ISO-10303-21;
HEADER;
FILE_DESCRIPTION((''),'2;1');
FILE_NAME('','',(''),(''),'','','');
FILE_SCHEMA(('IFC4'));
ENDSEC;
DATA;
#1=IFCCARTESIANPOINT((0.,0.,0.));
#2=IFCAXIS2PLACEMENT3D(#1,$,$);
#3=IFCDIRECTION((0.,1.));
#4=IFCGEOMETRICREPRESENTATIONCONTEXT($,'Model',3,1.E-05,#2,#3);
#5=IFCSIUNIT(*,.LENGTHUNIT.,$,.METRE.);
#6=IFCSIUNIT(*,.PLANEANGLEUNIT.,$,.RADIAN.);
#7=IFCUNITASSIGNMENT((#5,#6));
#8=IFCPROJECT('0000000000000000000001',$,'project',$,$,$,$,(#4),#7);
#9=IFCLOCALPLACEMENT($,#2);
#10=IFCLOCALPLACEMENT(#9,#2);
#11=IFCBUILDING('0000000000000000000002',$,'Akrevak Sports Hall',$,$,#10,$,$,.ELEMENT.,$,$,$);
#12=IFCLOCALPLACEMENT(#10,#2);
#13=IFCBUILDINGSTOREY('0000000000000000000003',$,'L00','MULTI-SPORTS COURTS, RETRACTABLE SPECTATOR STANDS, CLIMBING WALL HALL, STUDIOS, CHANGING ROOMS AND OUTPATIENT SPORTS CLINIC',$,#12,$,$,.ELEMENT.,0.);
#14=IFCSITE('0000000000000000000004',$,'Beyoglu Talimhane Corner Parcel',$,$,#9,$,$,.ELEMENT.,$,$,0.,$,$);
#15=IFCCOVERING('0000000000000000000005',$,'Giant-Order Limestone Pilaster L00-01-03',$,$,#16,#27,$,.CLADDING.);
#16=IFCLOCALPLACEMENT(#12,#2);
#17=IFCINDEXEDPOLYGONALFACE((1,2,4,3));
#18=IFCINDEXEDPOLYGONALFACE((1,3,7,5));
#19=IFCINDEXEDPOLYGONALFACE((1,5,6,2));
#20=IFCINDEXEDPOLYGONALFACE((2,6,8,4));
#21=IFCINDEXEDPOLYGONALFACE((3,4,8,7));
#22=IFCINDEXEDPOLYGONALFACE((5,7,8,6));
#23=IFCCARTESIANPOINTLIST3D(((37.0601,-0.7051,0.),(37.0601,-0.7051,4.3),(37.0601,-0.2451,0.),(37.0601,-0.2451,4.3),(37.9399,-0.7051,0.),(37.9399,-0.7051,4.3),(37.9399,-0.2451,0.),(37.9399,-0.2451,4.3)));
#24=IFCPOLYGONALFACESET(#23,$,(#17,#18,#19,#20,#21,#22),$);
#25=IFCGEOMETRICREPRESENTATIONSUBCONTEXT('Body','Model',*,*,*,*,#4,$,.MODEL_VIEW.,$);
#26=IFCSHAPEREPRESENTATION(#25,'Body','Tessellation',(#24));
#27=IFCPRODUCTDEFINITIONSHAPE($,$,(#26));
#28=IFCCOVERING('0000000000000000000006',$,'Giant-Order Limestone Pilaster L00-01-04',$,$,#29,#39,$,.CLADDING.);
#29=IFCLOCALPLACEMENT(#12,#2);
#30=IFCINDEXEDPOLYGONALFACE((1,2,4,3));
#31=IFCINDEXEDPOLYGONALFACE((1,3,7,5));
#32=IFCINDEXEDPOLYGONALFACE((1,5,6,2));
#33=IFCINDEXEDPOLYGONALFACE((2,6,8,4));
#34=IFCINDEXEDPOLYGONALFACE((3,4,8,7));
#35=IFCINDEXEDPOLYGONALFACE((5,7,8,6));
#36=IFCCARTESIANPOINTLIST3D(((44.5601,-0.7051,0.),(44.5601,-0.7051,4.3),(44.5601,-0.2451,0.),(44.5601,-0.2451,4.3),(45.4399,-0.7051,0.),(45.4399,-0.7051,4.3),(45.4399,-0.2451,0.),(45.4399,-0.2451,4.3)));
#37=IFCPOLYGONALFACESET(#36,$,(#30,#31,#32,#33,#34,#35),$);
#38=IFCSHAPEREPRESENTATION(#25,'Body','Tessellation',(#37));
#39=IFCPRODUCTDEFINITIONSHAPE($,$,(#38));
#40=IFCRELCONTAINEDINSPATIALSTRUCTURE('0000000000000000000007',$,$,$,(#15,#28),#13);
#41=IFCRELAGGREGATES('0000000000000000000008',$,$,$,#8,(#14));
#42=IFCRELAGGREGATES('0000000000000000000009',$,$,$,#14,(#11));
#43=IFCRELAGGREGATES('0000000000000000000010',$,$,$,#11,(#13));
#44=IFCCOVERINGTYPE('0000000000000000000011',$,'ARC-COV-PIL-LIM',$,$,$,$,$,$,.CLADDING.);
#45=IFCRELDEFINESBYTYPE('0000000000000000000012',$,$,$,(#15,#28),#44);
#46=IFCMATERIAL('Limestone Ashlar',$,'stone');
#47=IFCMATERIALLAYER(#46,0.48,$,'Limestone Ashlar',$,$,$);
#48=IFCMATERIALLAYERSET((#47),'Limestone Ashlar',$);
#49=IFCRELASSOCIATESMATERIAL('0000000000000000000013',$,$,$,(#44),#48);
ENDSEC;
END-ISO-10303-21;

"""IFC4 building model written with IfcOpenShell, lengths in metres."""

from ifc_helpers import new_model, si_unit, direction, frame, origin, origin_2d, place, context, subcontext, project, spatial, rectangle, extrude, material, layer, layer_set, type_object, element, save


model = new_model("IFC4")

# Units and contexts
model_context = context("Model", 3, precision=1e-05, world=origin(), true_north=direction((0.0, 1.0)))
body_context = subcontext(model_context, "Body", "Model", "MODEL_VIEW")
ifc_project = project(units=[si_unit("LENGTHUNIT", "METRE"), si_unit("PLANEANGLEUNIT", "RADIAN")], contexts=[model_context])

# Site, building, storey
site_placement = place(None, origin())
site = spatial("IfcSite", under=ifc_project, at=site_placement, Name="Beyoglu Talimhane Corner Parcel", CompositionType="ELEMENT", RefElevation=0.0)
building_placement = place(site_placement, origin())
building = spatial("IfcBuilding", under=site, at=building_placement, Name="Akrevak Sports Hall", CompositionType="ELEMENT")
storey_placement = place(building_placement, origin())
storey = spatial("IfcBuildingStorey", under=building, at=storey_placement, Name="L00", Description="MULTI-SPORTS COURTS, RETRACTABLE SPECTATOR STANDS, CLIMBING WALL HALL, STUDIOS, CHANGING ROOMS AND OUTPATIENT SPORTS CLINIC", CompositionType="ELEMENT", Elevation=0.0)

# Shared definitions
ifc_material_1 = material(Name="Limestone Ashlar", Category="stone")

# Coverings
ifc_layer_1 = layer(ifc_material_1, 0.48, Name="Limestone Ashlar")
ifc_layer_set_1 = layer_set([ifc_layer_1], Name="Limestone Ashlar")
covering_type_1 = type_object("IfcCoveringType", Name="ARC-COV-PIL-LIM", PredefinedType="CLADDING", material=ifc_layer_set_1)
for number, where, z_axis, x_axis, name in (
    (1, (37.5, -0.4751, 0.0), (0.0, 0.0, 1.0), (1.0, 0.0, 0.0), "Giant-Order Limestone Pilaster L00-01-03"),
    (2, (45.0, -0.4751, 0.0), (0.0, 0.0, 1.0), (1.0, 0.0, 0.0), "Giant-Order Limestone Pilaster L00-01-04"),
):
    element("IfcCovering", number, at=place(storey_placement, frame(where, z_axis=z_axis, x_axis=x_axis)), inside=storey, type_object=covering_type_1, Name=name, PredefinedType="CLADDING", context=body_context, shape_type="SweptSolid", body=[
        extrude(rectangle(XDim=0.8799, YDim=0.46, at=origin_2d()), origin(), (0.0, 0.0, 1.0), 4.3),
    ])

save(model, "model.ifc")
